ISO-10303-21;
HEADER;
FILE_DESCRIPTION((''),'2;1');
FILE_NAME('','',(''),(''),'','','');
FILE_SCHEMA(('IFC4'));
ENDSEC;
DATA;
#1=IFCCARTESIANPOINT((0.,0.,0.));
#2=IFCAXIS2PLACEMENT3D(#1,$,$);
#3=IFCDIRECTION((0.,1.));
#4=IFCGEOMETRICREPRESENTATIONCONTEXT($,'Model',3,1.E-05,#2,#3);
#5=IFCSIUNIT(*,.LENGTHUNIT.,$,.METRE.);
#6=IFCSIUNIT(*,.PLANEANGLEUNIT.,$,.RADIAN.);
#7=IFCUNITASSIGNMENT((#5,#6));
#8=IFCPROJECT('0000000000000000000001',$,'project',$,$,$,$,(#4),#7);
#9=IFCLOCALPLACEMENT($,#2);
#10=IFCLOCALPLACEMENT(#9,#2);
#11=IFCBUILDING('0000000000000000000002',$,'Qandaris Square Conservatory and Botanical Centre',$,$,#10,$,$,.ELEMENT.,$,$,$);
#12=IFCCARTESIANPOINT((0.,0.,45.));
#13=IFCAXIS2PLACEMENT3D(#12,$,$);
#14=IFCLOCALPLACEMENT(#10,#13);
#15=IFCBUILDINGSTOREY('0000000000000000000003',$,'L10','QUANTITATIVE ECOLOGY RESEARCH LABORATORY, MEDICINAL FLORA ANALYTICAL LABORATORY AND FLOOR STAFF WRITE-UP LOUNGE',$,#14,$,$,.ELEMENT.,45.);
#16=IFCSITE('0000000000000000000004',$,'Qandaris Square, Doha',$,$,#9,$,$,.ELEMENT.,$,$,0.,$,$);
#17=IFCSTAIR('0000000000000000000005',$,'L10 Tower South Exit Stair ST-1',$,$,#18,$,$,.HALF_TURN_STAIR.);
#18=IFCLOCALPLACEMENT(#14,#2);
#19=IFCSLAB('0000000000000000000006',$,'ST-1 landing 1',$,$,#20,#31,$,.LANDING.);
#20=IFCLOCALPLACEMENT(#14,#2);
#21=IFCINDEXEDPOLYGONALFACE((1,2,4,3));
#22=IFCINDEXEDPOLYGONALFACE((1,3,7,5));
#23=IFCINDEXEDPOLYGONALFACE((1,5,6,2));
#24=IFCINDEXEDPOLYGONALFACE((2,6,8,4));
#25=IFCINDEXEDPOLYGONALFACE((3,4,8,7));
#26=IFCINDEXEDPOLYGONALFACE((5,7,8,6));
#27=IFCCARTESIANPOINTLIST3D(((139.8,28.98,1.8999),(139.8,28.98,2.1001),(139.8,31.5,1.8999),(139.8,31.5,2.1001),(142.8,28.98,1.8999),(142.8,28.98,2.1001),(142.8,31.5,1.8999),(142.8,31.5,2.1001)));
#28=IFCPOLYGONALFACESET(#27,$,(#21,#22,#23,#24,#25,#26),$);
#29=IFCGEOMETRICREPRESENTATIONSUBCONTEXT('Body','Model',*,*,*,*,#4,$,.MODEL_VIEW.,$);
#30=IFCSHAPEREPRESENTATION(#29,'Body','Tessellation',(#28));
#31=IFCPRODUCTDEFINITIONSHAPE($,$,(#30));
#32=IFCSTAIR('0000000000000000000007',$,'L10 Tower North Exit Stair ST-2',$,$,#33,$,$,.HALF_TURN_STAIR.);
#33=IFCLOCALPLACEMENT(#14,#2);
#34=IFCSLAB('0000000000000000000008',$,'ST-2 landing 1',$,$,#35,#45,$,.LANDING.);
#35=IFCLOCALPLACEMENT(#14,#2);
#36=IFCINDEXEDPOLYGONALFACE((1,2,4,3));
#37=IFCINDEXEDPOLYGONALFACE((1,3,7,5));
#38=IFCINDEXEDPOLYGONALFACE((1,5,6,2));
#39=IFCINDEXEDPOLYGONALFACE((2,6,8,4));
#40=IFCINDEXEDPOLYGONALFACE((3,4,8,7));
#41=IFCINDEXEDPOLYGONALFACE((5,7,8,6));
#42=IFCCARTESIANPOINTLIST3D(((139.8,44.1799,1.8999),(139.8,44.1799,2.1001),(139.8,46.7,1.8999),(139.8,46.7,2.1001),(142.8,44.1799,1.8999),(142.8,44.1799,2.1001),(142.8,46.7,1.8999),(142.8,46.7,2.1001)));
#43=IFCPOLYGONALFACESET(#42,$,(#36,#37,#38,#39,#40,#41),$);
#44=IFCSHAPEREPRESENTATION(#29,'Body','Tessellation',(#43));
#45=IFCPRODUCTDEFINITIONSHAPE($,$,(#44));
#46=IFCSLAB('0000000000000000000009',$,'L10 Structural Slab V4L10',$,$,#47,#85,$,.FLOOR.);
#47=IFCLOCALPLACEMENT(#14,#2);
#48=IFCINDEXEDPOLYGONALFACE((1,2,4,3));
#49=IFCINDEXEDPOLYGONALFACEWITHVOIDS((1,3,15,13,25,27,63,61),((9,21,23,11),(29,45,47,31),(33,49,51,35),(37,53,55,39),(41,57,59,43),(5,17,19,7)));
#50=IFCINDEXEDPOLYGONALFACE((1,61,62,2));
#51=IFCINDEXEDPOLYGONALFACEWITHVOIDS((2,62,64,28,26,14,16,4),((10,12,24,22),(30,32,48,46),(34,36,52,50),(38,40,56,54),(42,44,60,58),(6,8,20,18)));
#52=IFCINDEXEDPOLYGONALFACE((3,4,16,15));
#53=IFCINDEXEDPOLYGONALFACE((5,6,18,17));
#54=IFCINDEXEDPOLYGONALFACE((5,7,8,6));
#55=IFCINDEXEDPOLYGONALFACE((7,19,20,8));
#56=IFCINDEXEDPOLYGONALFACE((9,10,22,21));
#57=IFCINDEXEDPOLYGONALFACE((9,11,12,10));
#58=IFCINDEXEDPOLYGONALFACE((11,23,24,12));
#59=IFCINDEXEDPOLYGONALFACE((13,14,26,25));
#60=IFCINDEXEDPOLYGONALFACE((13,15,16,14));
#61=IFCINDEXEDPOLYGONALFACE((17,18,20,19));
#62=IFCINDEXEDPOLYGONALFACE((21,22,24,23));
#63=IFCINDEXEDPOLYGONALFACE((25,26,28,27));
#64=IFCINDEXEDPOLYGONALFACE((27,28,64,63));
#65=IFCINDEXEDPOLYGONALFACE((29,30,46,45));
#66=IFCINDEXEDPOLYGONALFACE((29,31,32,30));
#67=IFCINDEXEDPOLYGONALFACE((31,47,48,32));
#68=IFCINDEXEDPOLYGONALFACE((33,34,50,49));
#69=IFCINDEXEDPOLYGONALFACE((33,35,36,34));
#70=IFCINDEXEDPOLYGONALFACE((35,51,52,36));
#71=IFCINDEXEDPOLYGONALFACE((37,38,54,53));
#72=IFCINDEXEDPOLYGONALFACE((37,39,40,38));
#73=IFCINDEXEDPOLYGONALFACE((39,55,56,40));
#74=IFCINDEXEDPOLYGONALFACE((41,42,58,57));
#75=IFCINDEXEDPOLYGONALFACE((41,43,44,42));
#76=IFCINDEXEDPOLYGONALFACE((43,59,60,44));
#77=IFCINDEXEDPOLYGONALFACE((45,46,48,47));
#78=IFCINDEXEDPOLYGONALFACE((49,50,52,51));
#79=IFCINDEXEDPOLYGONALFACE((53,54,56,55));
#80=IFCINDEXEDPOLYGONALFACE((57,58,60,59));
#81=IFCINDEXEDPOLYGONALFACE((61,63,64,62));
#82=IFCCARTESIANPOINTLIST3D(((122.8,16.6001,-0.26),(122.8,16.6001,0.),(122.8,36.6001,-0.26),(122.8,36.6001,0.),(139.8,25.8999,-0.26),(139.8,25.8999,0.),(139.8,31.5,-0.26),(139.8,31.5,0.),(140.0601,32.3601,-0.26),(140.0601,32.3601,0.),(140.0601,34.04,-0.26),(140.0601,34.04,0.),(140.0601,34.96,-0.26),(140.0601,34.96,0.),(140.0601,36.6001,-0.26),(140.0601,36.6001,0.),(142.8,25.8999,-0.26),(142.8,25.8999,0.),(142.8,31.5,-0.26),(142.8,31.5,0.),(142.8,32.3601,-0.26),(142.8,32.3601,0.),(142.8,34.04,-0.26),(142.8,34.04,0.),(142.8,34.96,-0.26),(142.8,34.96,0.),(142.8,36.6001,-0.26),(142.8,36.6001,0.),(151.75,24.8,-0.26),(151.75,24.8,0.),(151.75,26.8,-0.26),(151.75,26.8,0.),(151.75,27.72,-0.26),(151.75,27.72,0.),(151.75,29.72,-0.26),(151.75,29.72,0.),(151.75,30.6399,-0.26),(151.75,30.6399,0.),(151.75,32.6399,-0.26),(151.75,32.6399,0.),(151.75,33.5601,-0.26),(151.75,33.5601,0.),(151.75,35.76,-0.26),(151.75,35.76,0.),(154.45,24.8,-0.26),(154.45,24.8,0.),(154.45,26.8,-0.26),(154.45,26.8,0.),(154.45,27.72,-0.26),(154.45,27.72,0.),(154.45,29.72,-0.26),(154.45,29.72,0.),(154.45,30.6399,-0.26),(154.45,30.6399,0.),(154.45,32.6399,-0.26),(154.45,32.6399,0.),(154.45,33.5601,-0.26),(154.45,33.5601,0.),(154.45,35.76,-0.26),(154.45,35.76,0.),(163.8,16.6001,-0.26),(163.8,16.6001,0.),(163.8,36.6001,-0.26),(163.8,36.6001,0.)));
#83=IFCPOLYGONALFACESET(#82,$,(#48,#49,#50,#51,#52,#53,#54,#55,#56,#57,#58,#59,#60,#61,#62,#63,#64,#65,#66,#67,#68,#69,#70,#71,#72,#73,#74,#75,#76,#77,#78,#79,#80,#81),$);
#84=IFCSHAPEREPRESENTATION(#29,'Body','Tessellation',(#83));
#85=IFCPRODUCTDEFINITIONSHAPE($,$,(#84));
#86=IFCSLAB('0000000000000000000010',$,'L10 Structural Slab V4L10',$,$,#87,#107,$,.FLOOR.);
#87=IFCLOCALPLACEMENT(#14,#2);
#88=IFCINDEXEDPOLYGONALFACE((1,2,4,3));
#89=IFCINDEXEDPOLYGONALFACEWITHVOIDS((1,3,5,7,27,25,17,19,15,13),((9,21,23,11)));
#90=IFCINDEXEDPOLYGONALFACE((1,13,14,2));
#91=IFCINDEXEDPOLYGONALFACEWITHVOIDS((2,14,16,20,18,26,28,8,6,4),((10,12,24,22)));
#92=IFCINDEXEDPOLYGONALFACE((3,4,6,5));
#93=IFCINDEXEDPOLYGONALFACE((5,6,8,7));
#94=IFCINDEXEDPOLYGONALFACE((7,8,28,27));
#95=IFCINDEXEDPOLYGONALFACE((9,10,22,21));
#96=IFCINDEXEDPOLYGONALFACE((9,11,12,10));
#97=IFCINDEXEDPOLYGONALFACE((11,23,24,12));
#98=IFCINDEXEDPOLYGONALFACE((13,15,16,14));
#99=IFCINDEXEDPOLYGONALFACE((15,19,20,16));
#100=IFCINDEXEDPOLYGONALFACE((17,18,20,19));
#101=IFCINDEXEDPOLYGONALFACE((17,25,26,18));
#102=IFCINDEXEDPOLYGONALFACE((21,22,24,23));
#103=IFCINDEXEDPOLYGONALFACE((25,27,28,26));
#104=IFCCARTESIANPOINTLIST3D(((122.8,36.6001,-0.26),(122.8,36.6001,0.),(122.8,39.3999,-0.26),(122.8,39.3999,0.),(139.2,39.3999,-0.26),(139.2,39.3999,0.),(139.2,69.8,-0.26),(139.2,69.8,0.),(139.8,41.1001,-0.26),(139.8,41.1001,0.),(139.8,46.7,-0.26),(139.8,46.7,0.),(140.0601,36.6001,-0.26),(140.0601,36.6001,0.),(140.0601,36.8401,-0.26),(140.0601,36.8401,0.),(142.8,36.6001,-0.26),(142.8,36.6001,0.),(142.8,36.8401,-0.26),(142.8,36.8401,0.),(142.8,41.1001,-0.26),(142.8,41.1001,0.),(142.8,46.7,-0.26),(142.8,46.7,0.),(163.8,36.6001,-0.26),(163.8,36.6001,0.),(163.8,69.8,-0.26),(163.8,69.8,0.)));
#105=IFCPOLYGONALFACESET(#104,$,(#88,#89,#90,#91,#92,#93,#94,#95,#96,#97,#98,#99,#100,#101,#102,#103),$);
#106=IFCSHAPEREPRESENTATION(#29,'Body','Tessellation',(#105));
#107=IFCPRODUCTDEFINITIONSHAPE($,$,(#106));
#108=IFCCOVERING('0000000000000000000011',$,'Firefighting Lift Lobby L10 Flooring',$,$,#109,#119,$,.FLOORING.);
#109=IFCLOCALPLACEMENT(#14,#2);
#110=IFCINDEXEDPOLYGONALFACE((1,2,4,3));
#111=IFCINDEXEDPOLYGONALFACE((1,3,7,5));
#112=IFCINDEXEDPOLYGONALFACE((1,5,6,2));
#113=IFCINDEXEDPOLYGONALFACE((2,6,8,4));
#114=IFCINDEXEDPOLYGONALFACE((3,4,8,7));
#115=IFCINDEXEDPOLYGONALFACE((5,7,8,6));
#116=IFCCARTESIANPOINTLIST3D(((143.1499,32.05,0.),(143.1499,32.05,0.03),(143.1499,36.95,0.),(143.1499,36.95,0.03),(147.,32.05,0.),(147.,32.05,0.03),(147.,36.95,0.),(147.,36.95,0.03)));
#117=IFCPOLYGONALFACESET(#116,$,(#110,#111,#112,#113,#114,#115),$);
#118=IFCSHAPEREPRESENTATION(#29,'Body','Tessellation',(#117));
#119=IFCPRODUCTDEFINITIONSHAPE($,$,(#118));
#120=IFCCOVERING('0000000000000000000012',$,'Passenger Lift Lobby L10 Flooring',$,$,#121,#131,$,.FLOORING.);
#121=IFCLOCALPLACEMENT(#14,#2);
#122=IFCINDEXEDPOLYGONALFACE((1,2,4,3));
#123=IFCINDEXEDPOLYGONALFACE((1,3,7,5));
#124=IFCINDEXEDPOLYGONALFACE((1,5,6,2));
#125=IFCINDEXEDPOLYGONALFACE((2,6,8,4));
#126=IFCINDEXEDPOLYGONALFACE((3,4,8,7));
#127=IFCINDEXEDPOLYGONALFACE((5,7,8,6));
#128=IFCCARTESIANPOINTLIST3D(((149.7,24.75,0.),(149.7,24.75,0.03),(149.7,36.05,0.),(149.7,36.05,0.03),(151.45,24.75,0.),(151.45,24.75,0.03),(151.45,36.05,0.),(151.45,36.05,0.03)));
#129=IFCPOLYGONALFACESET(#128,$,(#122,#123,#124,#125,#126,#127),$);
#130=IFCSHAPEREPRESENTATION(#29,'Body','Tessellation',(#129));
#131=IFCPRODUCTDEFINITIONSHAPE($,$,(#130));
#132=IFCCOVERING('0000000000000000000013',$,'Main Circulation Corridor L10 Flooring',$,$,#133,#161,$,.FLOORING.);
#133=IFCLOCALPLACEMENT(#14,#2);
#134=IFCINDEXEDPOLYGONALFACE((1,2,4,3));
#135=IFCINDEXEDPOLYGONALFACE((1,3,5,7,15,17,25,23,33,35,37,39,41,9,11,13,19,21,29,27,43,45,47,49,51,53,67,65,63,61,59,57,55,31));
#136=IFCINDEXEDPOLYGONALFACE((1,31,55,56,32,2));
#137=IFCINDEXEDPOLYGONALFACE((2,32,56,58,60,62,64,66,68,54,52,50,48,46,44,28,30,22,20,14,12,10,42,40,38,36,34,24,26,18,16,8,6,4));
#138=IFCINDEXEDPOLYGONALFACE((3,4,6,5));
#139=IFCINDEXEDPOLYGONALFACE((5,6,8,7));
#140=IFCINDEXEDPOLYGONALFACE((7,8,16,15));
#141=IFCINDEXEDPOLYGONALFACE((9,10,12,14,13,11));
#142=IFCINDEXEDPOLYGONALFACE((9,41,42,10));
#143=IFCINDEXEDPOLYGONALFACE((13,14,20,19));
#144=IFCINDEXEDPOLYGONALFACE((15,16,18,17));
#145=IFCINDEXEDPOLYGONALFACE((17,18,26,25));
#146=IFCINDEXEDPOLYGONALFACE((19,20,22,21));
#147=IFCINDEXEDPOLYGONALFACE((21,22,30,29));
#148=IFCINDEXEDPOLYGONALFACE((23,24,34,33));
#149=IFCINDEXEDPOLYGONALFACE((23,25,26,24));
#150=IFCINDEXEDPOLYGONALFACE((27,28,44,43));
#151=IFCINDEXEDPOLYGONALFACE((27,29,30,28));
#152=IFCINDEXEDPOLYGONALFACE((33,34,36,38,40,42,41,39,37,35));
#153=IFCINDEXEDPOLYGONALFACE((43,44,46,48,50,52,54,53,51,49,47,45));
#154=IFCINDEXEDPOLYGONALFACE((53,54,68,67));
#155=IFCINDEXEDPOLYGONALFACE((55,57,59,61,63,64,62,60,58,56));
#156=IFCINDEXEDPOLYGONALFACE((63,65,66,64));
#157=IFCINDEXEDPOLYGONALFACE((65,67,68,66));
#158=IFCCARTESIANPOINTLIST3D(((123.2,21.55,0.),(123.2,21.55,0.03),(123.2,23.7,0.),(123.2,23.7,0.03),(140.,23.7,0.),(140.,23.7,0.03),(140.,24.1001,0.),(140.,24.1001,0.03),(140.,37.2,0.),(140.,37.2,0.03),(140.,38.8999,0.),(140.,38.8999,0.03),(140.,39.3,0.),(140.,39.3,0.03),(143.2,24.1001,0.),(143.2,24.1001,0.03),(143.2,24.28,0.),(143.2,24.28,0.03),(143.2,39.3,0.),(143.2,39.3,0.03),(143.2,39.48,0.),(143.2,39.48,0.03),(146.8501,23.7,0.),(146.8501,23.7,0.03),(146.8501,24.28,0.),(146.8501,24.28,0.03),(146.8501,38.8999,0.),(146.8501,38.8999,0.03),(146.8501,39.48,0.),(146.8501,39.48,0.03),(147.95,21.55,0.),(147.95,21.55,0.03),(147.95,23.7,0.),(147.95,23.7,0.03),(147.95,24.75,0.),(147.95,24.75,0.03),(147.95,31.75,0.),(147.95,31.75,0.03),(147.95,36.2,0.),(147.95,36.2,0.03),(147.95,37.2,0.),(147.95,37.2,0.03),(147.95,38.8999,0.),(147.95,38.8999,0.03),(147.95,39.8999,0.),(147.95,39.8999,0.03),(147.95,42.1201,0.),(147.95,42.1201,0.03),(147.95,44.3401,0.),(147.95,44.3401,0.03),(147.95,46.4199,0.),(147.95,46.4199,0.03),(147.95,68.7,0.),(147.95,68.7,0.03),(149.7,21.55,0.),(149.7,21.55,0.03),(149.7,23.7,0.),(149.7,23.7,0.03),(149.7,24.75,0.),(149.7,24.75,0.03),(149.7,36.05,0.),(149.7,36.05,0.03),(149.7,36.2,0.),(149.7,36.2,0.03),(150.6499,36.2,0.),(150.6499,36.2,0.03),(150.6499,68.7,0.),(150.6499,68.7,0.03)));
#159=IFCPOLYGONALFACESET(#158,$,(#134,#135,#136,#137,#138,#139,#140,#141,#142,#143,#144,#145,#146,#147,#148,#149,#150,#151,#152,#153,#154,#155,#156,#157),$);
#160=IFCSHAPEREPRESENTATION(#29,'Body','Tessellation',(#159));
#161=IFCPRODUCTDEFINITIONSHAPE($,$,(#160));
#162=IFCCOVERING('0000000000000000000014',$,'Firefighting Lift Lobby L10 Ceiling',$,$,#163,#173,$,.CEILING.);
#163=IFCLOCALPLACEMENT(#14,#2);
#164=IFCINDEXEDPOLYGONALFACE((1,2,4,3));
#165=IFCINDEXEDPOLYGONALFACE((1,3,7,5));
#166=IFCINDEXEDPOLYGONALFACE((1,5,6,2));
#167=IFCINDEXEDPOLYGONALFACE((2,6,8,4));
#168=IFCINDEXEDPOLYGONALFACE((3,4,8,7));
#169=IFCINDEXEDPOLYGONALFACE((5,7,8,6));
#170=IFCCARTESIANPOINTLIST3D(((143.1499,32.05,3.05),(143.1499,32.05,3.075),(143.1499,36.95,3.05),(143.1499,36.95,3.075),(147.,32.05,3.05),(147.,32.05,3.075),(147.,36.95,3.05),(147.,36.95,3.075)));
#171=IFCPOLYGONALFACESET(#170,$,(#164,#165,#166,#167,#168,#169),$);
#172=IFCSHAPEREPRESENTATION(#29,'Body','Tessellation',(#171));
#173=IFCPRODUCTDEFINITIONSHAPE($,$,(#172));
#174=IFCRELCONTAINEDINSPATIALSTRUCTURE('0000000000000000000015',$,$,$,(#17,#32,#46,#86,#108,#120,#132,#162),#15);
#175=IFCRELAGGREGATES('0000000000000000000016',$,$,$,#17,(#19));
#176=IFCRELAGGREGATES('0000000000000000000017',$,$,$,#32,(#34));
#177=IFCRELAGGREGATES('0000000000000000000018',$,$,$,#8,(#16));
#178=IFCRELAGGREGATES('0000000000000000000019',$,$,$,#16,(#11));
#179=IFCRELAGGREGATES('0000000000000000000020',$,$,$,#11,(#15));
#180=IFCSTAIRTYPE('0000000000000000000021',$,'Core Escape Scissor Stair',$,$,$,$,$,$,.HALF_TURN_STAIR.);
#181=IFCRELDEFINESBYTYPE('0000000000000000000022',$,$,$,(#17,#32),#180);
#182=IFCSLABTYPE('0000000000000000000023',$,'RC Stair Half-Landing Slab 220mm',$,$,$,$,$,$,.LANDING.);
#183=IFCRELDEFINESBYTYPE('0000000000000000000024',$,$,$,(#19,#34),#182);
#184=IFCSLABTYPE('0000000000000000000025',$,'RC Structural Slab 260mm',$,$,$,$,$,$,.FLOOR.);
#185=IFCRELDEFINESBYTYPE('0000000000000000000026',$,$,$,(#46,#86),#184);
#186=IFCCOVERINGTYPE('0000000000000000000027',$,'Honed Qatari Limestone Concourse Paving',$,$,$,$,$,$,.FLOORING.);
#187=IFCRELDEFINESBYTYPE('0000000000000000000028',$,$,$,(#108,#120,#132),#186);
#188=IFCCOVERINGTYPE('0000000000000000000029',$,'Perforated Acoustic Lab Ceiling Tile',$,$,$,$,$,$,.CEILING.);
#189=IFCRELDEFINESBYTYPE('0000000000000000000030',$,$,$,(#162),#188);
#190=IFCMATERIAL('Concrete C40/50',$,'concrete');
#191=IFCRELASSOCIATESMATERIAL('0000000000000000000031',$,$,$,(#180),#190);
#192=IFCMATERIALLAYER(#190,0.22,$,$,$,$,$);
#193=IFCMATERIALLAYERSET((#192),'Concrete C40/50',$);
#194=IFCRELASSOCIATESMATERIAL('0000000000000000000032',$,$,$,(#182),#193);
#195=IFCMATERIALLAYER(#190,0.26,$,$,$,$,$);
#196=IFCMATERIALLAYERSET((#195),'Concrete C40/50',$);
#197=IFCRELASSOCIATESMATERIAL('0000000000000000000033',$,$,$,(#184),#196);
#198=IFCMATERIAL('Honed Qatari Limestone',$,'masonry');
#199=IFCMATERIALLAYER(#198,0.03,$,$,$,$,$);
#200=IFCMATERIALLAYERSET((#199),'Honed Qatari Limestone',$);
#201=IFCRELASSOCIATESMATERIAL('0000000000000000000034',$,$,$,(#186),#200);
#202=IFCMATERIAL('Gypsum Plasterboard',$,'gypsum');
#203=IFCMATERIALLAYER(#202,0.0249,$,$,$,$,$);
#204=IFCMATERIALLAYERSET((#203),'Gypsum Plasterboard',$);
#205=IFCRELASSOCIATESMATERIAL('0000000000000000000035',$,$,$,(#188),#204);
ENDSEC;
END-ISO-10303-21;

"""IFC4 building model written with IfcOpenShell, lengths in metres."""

from ifc_helpers import new_model, si_unit, direction, frame, origin, place, context, subcontext, project, spatial, polyline, outline, extrude, material, layer, layer_set, type_object, element, aggregate, save


model = new_model("IFC4")

# Units and contexts
model_context = context("Model", 3, precision=1e-05, world=origin(), true_north=direction((0.0, 1.0)))
body_context = subcontext(model_context, "Body", "Model", "MODEL_VIEW")
ifc_project = project(units=[si_unit("LENGTHUNIT", "METRE"), si_unit("PLANEANGLEUNIT", "RADIAN")], contexts=[model_context])

# Site, building, storey
site_placement = place(None, origin())
site = spatial("IfcSite", under=ifc_project, at=site_placement, Name="Qandaris Square, Doha", CompositionType="ELEMENT", RefElevation=0.0)
building_placement = place(site_placement, origin())
building = spatial("IfcBuilding", under=site, at=building_placement, Name="Qandaris Square Conservatory and Botanical Centre", CompositionType="ELEMENT")
storey_placement = place(building_placement, frame((0.0, 0.0, 45.0)))
storey = spatial("IfcBuildingStorey", under=building, at=storey_placement, Name="L10", Description="QUANTITATIVE ECOLOGY RESEARCH LABORATORY, MEDICINAL FLORA ANALYTICAL LABORATORY AND FLOOR STAFF WRITE-UP LOUNGE", CompositionType="ELEMENT", Elevation=45.0)

# Stairs, slabs
ifc_material_1 = material(Name="Concrete C40/50", Category="concrete")
stair_type = type_object("IfcStairType", Name="Core Escape Scissor Stair", PredefinedType="HALF_TURN_STAIR", material=ifc_material_1)
stair_1_placement = place(storey_placement, origin())
stair_1 = element("IfcStair", 1, at=stair_1_placement, inside=storey, type_object=stair_type, Name="L10 Tower South Exit Stair ST-1", PredefinedType="HALF_TURN_STAIR")
ifc_layer_1 = layer(ifc_material_1, 0.22)
ifc_layer_set_1 = layer_set([ifc_layer_1], Name="Concrete C40/50")
slab_type_1 = type_object("IfcSlabType", Name="RC Stair Half-Landing Slab 220mm", PredefinedType="LANDING", material=ifc_layer_set_1)
slab_1_placement = place(storey_placement, frame((0.0, 0.0, 1.8999)))
slab_1 = element("IfcSlab", 2, at=slab_1_placement, type_object=slab_type_1, Name="ST-1 landing 1", PredefinedType="LANDING", context=body_context, shape_type="SweptSolid", body=[
    extrude(outline(polyline([(142.8, 28.98), (142.8, 31.5), (139.8, 31.5), (139.8, 28.98), (142.8, 28.98)])), origin(), (0.0, 0.0, 1.0), 0.2002),
])
aggregate(stair_1, [slab_1])
stair_2_placement = place(storey_placement, origin())
stair_2 = element("IfcStair", 3, at=stair_2_placement, inside=storey, type_object=stair_type, Name="L10 Tower North Exit Stair ST-2", PredefinedType="HALF_TURN_STAIR")
slab_2_placement = place(storey_placement, frame((0.0, 0.0, 1.8999)))
slab_2 = element("IfcSlab", 4, at=slab_2_placement, type_object=slab_type_1, Name="ST-2 landing 1", PredefinedType="LANDING", context=body_context, shape_type="SweptSolid", body=[
    extrude(outline(polyline([(142.8, 44.1799), (142.8, 46.7), (139.8, 46.7), (139.8, 44.1799), (142.8, 44.1799)])), origin(), (0.0, 0.0, 1.0), 0.2002),
])
aggregate(stair_2, [slab_2])

# Slabs
ifc_layer_2 = layer(ifc_material_1, 0.26)
ifc_layer_set_2 = layer_set([ifc_layer_2], Name="Concrete C40/50")
slab_type_2 = type_object("IfcSlabType", Name="RC Structural Slab 260mm", PredefinedType="FLOOR", material=ifc_layer_set_2)
slab_3_placement = place(storey_placement, frame((0.0, 0.0, -0.26)))
element("IfcSlab", 5, at=slab_3_placement, inside=storey, type_object=slab_type_2, Name="L10 Structural Slab V4L10", PredefinedType="FLOOR", context=body_context, shape_type="SweptSolid", body=[
    extrude(outline(polyline([(163.8, 16.6001), (122.8, 16.6001), (122.8, 36.6001), (140.0601, 36.6001), (140.0601, 34.96), (142.8, 34.96), (142.8, 36.6001), (163.8, 36.6001), (163.8, 16.6001)]), holes=[polyline([(151.75, 24.8), (154.45, 24.8), (154.45, 26.8), (151.75, 26.8), (151.75, 24.8)]), polyline([(139.8, 25.8999), (142.8, 25.8999), (142.8, 31.5), (139.8, 31.5), (139.8, 25.8999)]), polyline([(151.75, 27.72), (154.45, 27.72), (154.45, 29.72), (151.75, 29.72), (151.75, 27.72)]), polyline([(151.75, 30.6399), (154.45, 30.6399), (154.45, 32.6399), (151.75, 32.6399), (151.75, 30.6399)]), polyline([(140.0601, 32.3601), (142.8, 32.3601), (142.8, 34.04), (140.0601, 34.04), (140.0601, 32.3601)]), polyline([(151.75, 33.5601), (154.45, 33.5601), (154.45, 35.76), (151.75, 35.76), (151.75, 33.5601)])]), origin(), (0.0, 0.0, 1.0), 0.26),
])
slab_4_placement = place(storey_placement, frame((0.0, 0.0, -0.26)))
element("IfcSlab", 6, at=slab_4_placement, inside=storey, type_object=slab_type_2, Name="L10 Structural Slab V4L10", PredefinedType="FLOOR", context=body_context, shape_type="SweptSolid", body=[
    extrude(outline(polyline([(139.2, 39.3999), (139.2, 69.8), (163.8, 69.8), (163.8, 36.6001), (142.8, 36.6001), (142.8, 36.8401), (140.0601, 36.8401), (140.0601, 36.6001), (122.8, 36.6001), (122.8, 39.3999), (139.2, 39.3999)]), holes=[polyline([(139.8, 41.1001), (142.8, 41.1001), (142.8, 46.7), (139.8, 46.7), (139.8, 41.1001)])]), origin(), (0.0, 0.0, 1.0), 0.26),
])

# Coverings
ifc_material_2 = material(Name="Honed Qatari Limestone", Category="masonry")
ifc_layer_3 = layer(ifc_material_2, 0.03)
ifc_layer_set_3 = layer_set([ifc_layer_3], Name="Honed Qatari Limestone")
covering_type_1 = type_object("IfcCoveringType", Name="Honed Qatari Limestone Concourse Paving", PredefinedType="FLOORING", material=ifc_layer_set_3)
covering_1_placement = place(storey_placement, origin())
element("IfcCovering", 7, at=covering_1_placement, inside=storey, type_object=covering_type_1, Name="Firefighting Lift Lobby L10 Flooring", PredefinedType="FLOORING", context=body_context, shape_type="SweptSolid", body=[
    extrude(outline(polyline([(143.1499, 36.95), (147.0, 36.95), (147.0, 32.05), (143.1499, 32.05), (143.1499, 36.95)])), origin(), (0.0, 0.0, 1.0), 0.03),
])
covering_2_placement = place(storey_placement, origin())
element("IfcCovering", 8, at=covering_2_placement, inside=storey, type_object=covering_type_1, Name="Passenger Lift Lobby L10 Flooring", PredefinedType="FLOORING", context=body_context, shape_type="SweptSolid", body=[
    extrude(outline(polyline([(149.7, 36.05), (151.45, 36.05), (151.45, 24.75), (149.7, 24.75), (149.7, 36.05)])), origin(), (0.0, 0.0, 1.0), 0.03),
])
covering_3_placement = place(storey_placement, origin())
element("IfcCovering", 9, at=covering_3_placement, inside=storey, type_object=covering_type_1, Name="Main Circulation Corridor L10 Flooring", PredefinedType="FLOORING", context=body_context, shape_type="SweptSolid", body=[
    extrude(outline(polyline([(140.0, 24.1001), (143.2, 24.1001), (143.2, 24.28), (146.8501, 24.28), (146.8501, 23.7), (147.95, 23.7), (147.95, 24.75), (147.95, 31.75), (147.95, 36.2), (147.95, 37.2), (140.0, 37.2), (140.0, 38.8999), (140.0, 39.3), (143.2, 39.3), (143.2, 39.48), (146.8501, 39.48), (146.8501, 38.8999), (147.95, 38.8999), (147.95, 39.8999), (147.95, 42.1201), (147.95, 44.3401), (147.95, 46.4199), (147.95, 68.7), (150.6499, 68.7), (150.6499, 36.2), (149.7, 36.2), (149.7, 36.05), (149.7, 24.75), (149.7, 23.7), (149.7, 21.55), (147.95, 21.55), (123.2, 21.55), (123.2, 23.7), (140.0, 23.7), (140.0, 24.1001)])), origin(), (0.0, 0.0, 1.0), 0.03),
])
ifc_material_3 = material(Name="Gypsum Plasterboard", Category="gypsum")
ifc_layer_4 = layer(ifc_material_3, 0.0249)
ifc_layer_set_4 = layer_set([ifc_layer_4], Name="Gypsum Plasterboard")
covering_type_2 = type_object("IfcCoveringType", Name="Perforated Acoustic Lab Ceiling Tile", PredefinedType="CEILING", material=ifc_layer_set_4)
covering_4_placement = place(storey_placement, frame((0.0, 0.0, 3.05)))
element("IfcCovering", 10, at=covering_4_placement, inside=storey, type_object=covering_type_2, Name="Firefighting Lift Lobby L10 Ceiling", PredefinedType="CEILING", context=body_context, shape_type="SweptSolid", body=[
    extrude(outline(polyline([(143.1499, 36.95), (147.0, 36.95), (147.0, 32.05), (143.1499, 32.05), (143.1499, 36.95)])), origin(), (0.0, 0.0, 1.0), 0.0249),
])

save(model, "model.ifc")
